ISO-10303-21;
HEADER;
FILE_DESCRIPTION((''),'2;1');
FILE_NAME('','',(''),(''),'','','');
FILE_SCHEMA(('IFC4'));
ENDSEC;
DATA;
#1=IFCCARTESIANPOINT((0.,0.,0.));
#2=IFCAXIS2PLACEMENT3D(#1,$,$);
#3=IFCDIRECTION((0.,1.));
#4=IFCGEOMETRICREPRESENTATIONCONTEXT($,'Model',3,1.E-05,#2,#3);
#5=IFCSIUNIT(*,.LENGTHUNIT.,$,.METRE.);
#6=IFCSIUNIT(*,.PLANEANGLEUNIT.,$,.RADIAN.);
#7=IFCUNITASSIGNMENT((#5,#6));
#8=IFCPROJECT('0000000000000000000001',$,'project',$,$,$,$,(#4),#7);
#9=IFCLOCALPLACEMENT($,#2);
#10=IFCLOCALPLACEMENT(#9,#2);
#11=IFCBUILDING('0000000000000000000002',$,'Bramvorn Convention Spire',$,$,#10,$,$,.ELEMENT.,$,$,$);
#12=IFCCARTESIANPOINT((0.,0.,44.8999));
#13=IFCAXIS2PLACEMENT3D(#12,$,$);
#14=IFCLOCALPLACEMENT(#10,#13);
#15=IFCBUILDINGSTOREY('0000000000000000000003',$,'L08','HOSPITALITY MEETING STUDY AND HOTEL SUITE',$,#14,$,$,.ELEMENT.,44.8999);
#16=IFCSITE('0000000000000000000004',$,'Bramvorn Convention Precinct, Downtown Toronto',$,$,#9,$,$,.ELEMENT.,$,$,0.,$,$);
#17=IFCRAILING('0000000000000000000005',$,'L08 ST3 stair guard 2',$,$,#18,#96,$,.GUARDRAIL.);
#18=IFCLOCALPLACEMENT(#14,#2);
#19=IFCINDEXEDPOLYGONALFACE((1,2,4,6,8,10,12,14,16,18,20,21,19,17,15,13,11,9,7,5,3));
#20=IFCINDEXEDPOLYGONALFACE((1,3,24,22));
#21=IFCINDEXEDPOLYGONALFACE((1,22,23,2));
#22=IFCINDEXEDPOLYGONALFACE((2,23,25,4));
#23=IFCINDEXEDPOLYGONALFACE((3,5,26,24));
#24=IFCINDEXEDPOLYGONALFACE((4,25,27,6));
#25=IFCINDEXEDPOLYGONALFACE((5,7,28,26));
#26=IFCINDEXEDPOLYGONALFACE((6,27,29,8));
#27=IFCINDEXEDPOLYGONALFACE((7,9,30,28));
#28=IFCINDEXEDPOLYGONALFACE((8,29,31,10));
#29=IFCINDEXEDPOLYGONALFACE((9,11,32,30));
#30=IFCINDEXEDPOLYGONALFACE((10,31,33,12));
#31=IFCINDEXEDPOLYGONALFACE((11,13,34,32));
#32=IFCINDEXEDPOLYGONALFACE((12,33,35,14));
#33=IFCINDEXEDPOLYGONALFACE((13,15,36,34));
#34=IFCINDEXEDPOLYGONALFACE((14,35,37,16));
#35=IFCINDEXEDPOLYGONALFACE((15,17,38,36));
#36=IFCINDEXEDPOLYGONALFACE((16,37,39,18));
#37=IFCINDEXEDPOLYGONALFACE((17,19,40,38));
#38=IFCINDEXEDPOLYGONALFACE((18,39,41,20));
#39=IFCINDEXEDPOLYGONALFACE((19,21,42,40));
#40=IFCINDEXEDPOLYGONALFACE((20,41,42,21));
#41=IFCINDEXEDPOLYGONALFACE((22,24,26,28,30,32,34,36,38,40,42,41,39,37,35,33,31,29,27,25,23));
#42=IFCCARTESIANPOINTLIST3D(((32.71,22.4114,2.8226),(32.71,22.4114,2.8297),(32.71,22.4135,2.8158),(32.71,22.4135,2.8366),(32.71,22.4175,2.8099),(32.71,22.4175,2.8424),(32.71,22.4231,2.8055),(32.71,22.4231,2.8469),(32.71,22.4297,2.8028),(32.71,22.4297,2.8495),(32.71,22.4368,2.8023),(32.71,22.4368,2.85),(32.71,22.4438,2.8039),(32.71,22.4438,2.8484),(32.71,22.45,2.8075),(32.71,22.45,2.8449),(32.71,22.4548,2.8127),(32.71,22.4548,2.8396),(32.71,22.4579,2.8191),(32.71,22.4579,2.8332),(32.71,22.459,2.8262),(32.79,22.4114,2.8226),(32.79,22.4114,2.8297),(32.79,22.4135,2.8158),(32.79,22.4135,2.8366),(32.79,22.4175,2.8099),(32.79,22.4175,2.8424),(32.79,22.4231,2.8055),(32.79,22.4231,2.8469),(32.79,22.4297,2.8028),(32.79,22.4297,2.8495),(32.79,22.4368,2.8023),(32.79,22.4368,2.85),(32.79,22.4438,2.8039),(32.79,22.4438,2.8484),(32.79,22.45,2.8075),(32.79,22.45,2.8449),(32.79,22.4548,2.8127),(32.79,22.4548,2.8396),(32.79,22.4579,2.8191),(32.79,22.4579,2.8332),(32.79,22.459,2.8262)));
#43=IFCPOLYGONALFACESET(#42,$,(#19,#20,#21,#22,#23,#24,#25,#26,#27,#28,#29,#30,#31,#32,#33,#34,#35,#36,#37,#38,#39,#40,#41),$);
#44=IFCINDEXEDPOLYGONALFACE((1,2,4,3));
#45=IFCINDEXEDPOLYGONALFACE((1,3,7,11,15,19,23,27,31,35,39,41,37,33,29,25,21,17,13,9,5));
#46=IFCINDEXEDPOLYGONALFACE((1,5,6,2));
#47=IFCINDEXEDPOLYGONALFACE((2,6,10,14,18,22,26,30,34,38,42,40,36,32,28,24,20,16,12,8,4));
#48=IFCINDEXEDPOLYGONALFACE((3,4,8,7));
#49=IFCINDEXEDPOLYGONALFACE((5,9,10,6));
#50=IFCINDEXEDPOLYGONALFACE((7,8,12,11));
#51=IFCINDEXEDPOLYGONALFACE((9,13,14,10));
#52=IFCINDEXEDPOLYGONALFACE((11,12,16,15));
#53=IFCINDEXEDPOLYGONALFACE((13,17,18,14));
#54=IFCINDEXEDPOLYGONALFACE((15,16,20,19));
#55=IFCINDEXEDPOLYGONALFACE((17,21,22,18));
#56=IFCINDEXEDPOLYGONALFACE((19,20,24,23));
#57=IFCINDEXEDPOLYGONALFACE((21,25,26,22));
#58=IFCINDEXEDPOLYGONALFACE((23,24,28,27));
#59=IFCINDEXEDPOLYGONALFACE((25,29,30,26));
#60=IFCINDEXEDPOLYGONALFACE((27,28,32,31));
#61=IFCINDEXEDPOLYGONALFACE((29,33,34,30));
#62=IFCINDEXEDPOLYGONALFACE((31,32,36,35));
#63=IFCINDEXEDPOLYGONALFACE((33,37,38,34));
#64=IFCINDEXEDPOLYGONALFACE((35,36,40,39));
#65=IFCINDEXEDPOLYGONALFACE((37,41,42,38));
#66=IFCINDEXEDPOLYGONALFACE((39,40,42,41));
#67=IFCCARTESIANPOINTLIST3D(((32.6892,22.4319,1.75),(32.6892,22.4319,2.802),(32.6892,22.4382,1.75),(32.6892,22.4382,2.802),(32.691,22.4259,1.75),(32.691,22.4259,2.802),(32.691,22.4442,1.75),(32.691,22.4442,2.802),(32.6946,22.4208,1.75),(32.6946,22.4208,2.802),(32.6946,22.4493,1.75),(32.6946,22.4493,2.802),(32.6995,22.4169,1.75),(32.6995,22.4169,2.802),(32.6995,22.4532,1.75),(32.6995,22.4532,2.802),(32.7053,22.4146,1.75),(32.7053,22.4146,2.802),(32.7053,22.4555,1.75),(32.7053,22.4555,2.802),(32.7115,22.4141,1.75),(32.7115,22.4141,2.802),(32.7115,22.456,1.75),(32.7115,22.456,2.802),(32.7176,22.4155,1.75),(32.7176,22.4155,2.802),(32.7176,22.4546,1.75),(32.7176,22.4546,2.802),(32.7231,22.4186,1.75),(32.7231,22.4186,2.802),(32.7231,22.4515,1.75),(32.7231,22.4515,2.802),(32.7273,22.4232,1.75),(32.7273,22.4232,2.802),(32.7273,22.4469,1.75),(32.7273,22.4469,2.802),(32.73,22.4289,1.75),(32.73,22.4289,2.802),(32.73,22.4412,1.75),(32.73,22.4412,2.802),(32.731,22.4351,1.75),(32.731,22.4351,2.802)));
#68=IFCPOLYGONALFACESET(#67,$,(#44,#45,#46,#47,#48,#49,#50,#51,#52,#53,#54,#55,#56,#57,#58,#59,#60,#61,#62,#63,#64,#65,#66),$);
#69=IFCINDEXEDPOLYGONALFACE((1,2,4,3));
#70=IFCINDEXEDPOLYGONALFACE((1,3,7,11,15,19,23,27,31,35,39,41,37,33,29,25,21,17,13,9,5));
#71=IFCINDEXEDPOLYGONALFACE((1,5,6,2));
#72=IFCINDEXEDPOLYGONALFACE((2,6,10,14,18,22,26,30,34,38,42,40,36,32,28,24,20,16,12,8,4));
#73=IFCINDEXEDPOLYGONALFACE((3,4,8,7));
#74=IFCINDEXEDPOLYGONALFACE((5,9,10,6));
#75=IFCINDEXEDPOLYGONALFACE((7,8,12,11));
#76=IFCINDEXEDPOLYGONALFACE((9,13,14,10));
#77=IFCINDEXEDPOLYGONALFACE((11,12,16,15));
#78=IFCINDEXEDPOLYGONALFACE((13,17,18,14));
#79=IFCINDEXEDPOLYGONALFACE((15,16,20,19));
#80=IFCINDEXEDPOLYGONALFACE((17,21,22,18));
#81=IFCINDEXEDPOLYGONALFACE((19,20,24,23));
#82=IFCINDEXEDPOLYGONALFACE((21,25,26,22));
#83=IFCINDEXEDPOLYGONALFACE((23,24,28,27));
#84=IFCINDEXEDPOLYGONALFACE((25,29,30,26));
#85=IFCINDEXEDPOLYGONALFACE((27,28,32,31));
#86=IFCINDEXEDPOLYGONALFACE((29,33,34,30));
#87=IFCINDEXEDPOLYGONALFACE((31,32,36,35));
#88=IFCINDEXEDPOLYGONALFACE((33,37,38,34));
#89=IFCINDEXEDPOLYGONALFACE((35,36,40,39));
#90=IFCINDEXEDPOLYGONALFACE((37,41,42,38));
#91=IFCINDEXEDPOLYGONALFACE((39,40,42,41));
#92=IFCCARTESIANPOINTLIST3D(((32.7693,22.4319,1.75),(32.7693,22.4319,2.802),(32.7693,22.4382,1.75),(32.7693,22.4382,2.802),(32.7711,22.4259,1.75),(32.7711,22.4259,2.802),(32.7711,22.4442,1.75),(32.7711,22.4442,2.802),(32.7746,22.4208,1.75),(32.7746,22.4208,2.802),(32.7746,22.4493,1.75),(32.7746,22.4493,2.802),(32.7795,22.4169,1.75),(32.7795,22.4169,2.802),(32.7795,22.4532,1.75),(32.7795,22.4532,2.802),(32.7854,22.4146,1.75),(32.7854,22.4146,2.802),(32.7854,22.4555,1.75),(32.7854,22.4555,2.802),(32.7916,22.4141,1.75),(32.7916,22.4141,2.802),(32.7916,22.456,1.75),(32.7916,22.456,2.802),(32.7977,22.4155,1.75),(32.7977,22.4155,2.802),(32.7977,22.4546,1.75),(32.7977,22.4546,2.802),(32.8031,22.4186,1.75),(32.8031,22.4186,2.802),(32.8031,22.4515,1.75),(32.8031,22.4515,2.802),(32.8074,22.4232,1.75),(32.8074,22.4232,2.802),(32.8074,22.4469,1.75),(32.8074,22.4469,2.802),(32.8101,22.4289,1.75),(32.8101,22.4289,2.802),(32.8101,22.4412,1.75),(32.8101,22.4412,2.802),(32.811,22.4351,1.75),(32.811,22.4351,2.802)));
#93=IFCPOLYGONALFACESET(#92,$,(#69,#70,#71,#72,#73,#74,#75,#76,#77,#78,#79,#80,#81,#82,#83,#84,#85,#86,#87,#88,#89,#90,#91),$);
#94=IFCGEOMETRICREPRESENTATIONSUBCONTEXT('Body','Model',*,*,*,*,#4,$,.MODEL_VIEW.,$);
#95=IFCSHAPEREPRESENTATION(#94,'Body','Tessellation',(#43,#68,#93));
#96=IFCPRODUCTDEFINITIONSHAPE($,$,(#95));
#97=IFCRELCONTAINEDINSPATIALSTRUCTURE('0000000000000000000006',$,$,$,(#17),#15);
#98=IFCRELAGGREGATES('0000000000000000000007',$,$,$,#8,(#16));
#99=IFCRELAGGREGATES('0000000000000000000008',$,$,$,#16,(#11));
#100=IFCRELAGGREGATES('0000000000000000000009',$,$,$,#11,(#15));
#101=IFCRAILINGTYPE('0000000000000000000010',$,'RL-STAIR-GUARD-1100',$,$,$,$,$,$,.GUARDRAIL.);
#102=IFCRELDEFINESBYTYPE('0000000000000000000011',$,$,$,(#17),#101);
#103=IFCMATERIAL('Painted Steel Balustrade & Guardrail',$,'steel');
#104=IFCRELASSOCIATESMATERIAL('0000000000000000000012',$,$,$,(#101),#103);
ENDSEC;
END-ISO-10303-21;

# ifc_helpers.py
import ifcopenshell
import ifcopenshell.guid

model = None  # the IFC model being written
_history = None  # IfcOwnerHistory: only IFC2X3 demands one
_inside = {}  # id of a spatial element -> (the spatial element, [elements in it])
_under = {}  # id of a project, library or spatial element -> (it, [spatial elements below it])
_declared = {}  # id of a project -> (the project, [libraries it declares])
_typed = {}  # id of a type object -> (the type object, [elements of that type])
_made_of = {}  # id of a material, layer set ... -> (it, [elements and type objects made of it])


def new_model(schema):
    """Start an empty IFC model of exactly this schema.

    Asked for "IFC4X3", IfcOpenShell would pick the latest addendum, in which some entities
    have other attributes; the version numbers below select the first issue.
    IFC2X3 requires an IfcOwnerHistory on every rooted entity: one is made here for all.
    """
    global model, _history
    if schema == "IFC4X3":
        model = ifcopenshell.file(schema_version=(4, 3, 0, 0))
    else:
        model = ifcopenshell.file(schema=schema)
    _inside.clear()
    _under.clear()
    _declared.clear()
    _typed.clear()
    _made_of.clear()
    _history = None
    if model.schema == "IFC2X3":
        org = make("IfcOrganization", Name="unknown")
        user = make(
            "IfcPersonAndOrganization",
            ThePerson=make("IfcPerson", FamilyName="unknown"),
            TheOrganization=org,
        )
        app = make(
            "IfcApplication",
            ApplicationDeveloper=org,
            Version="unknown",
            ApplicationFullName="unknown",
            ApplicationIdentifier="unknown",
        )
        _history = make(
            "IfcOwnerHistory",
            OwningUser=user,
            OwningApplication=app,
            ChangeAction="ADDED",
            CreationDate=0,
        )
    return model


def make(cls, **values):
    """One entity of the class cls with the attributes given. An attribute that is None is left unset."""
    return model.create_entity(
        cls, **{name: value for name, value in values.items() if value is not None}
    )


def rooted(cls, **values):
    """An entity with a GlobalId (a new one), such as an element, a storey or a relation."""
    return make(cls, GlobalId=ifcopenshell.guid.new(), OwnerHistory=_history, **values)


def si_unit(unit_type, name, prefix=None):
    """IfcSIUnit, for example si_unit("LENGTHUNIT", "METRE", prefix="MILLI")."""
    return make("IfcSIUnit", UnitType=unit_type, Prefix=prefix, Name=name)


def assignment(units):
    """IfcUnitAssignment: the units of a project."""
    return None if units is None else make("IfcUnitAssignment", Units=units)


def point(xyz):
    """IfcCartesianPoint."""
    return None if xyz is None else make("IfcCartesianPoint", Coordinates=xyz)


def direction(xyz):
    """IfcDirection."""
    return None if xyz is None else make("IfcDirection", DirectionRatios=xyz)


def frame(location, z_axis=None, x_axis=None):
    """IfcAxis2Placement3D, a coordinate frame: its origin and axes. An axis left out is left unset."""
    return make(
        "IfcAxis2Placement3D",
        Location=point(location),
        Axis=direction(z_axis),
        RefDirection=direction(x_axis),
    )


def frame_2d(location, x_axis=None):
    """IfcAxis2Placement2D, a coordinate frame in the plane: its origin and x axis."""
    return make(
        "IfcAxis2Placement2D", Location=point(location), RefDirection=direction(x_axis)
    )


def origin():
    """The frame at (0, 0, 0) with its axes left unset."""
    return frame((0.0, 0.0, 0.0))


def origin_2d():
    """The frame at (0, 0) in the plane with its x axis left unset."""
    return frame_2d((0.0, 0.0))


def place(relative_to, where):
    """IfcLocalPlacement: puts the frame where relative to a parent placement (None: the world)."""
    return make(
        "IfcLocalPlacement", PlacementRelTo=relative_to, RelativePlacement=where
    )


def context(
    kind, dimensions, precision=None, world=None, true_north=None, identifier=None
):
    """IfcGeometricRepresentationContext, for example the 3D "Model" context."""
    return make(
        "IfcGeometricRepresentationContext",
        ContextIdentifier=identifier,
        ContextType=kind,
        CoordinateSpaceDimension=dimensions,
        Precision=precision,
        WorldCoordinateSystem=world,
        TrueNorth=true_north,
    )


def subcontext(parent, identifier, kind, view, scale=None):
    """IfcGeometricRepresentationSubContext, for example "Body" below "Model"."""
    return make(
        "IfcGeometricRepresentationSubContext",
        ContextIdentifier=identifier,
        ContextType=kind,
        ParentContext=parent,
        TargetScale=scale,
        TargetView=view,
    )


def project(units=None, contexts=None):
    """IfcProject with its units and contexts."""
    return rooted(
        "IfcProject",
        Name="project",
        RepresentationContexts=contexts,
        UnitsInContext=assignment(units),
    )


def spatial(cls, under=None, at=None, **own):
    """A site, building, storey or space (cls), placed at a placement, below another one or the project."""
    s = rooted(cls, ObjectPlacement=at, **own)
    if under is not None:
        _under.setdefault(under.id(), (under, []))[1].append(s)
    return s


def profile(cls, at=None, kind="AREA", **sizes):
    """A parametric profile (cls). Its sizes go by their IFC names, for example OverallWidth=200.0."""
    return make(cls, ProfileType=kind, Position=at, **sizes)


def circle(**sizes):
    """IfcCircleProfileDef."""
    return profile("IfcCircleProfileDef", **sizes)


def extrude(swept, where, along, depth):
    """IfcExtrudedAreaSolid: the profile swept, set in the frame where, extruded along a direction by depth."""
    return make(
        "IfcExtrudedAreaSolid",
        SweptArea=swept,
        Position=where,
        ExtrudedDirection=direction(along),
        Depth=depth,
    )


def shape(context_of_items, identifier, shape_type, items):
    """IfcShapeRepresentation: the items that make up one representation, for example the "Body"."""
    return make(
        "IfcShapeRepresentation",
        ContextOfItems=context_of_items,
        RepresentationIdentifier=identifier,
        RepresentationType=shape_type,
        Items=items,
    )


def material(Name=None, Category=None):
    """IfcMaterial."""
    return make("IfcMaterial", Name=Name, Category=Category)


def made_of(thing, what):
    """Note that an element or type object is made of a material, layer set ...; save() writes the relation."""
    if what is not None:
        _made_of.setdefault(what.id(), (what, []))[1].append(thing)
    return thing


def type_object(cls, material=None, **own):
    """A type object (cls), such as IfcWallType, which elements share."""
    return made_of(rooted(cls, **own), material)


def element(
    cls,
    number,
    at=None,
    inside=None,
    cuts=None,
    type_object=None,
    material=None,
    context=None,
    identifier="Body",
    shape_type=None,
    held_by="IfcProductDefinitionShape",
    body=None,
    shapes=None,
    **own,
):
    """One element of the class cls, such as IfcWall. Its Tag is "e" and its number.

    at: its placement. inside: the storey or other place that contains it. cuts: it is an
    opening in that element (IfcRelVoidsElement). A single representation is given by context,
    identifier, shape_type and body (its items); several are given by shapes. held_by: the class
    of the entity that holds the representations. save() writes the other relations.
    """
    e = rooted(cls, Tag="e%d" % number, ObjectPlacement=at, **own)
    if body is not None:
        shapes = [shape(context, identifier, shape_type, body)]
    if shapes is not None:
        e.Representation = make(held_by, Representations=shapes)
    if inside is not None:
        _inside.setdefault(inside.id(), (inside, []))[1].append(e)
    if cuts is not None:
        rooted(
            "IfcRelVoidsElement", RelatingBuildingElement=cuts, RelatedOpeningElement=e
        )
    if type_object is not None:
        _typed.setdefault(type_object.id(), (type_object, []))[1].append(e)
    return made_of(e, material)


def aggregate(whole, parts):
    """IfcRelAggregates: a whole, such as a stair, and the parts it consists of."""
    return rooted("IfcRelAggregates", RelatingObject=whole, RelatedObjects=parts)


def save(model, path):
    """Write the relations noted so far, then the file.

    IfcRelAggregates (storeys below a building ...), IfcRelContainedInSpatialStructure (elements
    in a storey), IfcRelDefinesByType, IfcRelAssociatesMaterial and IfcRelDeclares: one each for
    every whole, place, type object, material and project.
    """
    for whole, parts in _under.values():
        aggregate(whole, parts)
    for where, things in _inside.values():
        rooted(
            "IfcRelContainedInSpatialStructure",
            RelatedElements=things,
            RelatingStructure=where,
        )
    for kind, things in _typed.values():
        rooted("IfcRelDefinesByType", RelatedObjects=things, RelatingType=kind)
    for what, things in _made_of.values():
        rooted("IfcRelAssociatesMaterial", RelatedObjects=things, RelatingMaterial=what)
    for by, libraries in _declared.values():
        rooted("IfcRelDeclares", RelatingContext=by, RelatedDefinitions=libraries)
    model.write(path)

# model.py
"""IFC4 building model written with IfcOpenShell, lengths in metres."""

from ifc_helpers import new_model, si_unit, direction, frame, origin, origin_2d, place, context, subcontext, project, spatial, circle, extrude, material, type_object, element, save


model = new_model("IFC4")

# Units and contexts
model_context = context("Model", 3, precision=1e-05, world=origin(), true_north=direction((0.0, 1.0)))
body_context = subcontext(model_context, "Body", "Model", "MODEL_VIEW")
ifc_project = project(units=[si_unit("LENGTHUNIT", "METRE"), si_unit("PLANEANGLEUNIT", "RADIAN")], contexts=[model_context])

# Site, building, storey
site_placement = place(None, origin())
site = spatial("IfcSite", under=ifc_project, at=site_placement, Name="Bramvorn Convention Precinct, Downtown Toronto", CompositionType="ELEMENT", RefElevation=0.0)
building_placement = place(site_placement, origin())
building = spatial("IfcBuilding", under=site, at=building_placement, Name="Bramvorn Convention Spire", CompositionType="ELEMENT")
storey_placement = place(building_placement, frame((0.0, 0.0, 44.8999)))
storey = spatial("IfcBuildingStorey", under=building, at=storey_placement, Name="L08", Description="HOSPITALITY MEETING STUDY AND HOTEL SUITE", CompositionType="ELEMENT", Elevation=44.8999)

# Railing
ifc_material_1 = material(Name="Painted Steel Balustrade & Guardrail", Category="steel")
railing_type_1 = type_object("IfcRailingType", Name="RL-STAIR-GUARD-1100", PredefinedType="GUARDRAIL", material=ifc_material_1)
railing_1_placement = place(storey_placement, frame((32.71, 22.4351, 1.75)))
element("IfcRailing", 1, at=railing_1_placement, inside=storey, type_object=railing_type_1, Name="L08 ST3 stair guard 2", PredefinedType="GUARDRAIL", context=body_context, shape_type="SweptSolid", body=[
    extrude(circle(Radius=0.0239, at=origin_2d()), frame((0.0, 0.0, 1.0762), z_axis=(1.0, 0.0, 0.0), x_axis=(0.0, 1.0, 0.0)), (0.0, 0.0, 1.0), 0.0801),
    extrude(circle(Radius=0.021, at=origin_2d()), origin(), (0.0, 0.0, 1.0), 1.052),
    extrude(circle(Radius=0.021, at=origin_2d()), frame((0.0801, 0.0, 0.0)), (0.0, 0.0, 1.0), 1.052),
])

save(model, "model.ifc")
